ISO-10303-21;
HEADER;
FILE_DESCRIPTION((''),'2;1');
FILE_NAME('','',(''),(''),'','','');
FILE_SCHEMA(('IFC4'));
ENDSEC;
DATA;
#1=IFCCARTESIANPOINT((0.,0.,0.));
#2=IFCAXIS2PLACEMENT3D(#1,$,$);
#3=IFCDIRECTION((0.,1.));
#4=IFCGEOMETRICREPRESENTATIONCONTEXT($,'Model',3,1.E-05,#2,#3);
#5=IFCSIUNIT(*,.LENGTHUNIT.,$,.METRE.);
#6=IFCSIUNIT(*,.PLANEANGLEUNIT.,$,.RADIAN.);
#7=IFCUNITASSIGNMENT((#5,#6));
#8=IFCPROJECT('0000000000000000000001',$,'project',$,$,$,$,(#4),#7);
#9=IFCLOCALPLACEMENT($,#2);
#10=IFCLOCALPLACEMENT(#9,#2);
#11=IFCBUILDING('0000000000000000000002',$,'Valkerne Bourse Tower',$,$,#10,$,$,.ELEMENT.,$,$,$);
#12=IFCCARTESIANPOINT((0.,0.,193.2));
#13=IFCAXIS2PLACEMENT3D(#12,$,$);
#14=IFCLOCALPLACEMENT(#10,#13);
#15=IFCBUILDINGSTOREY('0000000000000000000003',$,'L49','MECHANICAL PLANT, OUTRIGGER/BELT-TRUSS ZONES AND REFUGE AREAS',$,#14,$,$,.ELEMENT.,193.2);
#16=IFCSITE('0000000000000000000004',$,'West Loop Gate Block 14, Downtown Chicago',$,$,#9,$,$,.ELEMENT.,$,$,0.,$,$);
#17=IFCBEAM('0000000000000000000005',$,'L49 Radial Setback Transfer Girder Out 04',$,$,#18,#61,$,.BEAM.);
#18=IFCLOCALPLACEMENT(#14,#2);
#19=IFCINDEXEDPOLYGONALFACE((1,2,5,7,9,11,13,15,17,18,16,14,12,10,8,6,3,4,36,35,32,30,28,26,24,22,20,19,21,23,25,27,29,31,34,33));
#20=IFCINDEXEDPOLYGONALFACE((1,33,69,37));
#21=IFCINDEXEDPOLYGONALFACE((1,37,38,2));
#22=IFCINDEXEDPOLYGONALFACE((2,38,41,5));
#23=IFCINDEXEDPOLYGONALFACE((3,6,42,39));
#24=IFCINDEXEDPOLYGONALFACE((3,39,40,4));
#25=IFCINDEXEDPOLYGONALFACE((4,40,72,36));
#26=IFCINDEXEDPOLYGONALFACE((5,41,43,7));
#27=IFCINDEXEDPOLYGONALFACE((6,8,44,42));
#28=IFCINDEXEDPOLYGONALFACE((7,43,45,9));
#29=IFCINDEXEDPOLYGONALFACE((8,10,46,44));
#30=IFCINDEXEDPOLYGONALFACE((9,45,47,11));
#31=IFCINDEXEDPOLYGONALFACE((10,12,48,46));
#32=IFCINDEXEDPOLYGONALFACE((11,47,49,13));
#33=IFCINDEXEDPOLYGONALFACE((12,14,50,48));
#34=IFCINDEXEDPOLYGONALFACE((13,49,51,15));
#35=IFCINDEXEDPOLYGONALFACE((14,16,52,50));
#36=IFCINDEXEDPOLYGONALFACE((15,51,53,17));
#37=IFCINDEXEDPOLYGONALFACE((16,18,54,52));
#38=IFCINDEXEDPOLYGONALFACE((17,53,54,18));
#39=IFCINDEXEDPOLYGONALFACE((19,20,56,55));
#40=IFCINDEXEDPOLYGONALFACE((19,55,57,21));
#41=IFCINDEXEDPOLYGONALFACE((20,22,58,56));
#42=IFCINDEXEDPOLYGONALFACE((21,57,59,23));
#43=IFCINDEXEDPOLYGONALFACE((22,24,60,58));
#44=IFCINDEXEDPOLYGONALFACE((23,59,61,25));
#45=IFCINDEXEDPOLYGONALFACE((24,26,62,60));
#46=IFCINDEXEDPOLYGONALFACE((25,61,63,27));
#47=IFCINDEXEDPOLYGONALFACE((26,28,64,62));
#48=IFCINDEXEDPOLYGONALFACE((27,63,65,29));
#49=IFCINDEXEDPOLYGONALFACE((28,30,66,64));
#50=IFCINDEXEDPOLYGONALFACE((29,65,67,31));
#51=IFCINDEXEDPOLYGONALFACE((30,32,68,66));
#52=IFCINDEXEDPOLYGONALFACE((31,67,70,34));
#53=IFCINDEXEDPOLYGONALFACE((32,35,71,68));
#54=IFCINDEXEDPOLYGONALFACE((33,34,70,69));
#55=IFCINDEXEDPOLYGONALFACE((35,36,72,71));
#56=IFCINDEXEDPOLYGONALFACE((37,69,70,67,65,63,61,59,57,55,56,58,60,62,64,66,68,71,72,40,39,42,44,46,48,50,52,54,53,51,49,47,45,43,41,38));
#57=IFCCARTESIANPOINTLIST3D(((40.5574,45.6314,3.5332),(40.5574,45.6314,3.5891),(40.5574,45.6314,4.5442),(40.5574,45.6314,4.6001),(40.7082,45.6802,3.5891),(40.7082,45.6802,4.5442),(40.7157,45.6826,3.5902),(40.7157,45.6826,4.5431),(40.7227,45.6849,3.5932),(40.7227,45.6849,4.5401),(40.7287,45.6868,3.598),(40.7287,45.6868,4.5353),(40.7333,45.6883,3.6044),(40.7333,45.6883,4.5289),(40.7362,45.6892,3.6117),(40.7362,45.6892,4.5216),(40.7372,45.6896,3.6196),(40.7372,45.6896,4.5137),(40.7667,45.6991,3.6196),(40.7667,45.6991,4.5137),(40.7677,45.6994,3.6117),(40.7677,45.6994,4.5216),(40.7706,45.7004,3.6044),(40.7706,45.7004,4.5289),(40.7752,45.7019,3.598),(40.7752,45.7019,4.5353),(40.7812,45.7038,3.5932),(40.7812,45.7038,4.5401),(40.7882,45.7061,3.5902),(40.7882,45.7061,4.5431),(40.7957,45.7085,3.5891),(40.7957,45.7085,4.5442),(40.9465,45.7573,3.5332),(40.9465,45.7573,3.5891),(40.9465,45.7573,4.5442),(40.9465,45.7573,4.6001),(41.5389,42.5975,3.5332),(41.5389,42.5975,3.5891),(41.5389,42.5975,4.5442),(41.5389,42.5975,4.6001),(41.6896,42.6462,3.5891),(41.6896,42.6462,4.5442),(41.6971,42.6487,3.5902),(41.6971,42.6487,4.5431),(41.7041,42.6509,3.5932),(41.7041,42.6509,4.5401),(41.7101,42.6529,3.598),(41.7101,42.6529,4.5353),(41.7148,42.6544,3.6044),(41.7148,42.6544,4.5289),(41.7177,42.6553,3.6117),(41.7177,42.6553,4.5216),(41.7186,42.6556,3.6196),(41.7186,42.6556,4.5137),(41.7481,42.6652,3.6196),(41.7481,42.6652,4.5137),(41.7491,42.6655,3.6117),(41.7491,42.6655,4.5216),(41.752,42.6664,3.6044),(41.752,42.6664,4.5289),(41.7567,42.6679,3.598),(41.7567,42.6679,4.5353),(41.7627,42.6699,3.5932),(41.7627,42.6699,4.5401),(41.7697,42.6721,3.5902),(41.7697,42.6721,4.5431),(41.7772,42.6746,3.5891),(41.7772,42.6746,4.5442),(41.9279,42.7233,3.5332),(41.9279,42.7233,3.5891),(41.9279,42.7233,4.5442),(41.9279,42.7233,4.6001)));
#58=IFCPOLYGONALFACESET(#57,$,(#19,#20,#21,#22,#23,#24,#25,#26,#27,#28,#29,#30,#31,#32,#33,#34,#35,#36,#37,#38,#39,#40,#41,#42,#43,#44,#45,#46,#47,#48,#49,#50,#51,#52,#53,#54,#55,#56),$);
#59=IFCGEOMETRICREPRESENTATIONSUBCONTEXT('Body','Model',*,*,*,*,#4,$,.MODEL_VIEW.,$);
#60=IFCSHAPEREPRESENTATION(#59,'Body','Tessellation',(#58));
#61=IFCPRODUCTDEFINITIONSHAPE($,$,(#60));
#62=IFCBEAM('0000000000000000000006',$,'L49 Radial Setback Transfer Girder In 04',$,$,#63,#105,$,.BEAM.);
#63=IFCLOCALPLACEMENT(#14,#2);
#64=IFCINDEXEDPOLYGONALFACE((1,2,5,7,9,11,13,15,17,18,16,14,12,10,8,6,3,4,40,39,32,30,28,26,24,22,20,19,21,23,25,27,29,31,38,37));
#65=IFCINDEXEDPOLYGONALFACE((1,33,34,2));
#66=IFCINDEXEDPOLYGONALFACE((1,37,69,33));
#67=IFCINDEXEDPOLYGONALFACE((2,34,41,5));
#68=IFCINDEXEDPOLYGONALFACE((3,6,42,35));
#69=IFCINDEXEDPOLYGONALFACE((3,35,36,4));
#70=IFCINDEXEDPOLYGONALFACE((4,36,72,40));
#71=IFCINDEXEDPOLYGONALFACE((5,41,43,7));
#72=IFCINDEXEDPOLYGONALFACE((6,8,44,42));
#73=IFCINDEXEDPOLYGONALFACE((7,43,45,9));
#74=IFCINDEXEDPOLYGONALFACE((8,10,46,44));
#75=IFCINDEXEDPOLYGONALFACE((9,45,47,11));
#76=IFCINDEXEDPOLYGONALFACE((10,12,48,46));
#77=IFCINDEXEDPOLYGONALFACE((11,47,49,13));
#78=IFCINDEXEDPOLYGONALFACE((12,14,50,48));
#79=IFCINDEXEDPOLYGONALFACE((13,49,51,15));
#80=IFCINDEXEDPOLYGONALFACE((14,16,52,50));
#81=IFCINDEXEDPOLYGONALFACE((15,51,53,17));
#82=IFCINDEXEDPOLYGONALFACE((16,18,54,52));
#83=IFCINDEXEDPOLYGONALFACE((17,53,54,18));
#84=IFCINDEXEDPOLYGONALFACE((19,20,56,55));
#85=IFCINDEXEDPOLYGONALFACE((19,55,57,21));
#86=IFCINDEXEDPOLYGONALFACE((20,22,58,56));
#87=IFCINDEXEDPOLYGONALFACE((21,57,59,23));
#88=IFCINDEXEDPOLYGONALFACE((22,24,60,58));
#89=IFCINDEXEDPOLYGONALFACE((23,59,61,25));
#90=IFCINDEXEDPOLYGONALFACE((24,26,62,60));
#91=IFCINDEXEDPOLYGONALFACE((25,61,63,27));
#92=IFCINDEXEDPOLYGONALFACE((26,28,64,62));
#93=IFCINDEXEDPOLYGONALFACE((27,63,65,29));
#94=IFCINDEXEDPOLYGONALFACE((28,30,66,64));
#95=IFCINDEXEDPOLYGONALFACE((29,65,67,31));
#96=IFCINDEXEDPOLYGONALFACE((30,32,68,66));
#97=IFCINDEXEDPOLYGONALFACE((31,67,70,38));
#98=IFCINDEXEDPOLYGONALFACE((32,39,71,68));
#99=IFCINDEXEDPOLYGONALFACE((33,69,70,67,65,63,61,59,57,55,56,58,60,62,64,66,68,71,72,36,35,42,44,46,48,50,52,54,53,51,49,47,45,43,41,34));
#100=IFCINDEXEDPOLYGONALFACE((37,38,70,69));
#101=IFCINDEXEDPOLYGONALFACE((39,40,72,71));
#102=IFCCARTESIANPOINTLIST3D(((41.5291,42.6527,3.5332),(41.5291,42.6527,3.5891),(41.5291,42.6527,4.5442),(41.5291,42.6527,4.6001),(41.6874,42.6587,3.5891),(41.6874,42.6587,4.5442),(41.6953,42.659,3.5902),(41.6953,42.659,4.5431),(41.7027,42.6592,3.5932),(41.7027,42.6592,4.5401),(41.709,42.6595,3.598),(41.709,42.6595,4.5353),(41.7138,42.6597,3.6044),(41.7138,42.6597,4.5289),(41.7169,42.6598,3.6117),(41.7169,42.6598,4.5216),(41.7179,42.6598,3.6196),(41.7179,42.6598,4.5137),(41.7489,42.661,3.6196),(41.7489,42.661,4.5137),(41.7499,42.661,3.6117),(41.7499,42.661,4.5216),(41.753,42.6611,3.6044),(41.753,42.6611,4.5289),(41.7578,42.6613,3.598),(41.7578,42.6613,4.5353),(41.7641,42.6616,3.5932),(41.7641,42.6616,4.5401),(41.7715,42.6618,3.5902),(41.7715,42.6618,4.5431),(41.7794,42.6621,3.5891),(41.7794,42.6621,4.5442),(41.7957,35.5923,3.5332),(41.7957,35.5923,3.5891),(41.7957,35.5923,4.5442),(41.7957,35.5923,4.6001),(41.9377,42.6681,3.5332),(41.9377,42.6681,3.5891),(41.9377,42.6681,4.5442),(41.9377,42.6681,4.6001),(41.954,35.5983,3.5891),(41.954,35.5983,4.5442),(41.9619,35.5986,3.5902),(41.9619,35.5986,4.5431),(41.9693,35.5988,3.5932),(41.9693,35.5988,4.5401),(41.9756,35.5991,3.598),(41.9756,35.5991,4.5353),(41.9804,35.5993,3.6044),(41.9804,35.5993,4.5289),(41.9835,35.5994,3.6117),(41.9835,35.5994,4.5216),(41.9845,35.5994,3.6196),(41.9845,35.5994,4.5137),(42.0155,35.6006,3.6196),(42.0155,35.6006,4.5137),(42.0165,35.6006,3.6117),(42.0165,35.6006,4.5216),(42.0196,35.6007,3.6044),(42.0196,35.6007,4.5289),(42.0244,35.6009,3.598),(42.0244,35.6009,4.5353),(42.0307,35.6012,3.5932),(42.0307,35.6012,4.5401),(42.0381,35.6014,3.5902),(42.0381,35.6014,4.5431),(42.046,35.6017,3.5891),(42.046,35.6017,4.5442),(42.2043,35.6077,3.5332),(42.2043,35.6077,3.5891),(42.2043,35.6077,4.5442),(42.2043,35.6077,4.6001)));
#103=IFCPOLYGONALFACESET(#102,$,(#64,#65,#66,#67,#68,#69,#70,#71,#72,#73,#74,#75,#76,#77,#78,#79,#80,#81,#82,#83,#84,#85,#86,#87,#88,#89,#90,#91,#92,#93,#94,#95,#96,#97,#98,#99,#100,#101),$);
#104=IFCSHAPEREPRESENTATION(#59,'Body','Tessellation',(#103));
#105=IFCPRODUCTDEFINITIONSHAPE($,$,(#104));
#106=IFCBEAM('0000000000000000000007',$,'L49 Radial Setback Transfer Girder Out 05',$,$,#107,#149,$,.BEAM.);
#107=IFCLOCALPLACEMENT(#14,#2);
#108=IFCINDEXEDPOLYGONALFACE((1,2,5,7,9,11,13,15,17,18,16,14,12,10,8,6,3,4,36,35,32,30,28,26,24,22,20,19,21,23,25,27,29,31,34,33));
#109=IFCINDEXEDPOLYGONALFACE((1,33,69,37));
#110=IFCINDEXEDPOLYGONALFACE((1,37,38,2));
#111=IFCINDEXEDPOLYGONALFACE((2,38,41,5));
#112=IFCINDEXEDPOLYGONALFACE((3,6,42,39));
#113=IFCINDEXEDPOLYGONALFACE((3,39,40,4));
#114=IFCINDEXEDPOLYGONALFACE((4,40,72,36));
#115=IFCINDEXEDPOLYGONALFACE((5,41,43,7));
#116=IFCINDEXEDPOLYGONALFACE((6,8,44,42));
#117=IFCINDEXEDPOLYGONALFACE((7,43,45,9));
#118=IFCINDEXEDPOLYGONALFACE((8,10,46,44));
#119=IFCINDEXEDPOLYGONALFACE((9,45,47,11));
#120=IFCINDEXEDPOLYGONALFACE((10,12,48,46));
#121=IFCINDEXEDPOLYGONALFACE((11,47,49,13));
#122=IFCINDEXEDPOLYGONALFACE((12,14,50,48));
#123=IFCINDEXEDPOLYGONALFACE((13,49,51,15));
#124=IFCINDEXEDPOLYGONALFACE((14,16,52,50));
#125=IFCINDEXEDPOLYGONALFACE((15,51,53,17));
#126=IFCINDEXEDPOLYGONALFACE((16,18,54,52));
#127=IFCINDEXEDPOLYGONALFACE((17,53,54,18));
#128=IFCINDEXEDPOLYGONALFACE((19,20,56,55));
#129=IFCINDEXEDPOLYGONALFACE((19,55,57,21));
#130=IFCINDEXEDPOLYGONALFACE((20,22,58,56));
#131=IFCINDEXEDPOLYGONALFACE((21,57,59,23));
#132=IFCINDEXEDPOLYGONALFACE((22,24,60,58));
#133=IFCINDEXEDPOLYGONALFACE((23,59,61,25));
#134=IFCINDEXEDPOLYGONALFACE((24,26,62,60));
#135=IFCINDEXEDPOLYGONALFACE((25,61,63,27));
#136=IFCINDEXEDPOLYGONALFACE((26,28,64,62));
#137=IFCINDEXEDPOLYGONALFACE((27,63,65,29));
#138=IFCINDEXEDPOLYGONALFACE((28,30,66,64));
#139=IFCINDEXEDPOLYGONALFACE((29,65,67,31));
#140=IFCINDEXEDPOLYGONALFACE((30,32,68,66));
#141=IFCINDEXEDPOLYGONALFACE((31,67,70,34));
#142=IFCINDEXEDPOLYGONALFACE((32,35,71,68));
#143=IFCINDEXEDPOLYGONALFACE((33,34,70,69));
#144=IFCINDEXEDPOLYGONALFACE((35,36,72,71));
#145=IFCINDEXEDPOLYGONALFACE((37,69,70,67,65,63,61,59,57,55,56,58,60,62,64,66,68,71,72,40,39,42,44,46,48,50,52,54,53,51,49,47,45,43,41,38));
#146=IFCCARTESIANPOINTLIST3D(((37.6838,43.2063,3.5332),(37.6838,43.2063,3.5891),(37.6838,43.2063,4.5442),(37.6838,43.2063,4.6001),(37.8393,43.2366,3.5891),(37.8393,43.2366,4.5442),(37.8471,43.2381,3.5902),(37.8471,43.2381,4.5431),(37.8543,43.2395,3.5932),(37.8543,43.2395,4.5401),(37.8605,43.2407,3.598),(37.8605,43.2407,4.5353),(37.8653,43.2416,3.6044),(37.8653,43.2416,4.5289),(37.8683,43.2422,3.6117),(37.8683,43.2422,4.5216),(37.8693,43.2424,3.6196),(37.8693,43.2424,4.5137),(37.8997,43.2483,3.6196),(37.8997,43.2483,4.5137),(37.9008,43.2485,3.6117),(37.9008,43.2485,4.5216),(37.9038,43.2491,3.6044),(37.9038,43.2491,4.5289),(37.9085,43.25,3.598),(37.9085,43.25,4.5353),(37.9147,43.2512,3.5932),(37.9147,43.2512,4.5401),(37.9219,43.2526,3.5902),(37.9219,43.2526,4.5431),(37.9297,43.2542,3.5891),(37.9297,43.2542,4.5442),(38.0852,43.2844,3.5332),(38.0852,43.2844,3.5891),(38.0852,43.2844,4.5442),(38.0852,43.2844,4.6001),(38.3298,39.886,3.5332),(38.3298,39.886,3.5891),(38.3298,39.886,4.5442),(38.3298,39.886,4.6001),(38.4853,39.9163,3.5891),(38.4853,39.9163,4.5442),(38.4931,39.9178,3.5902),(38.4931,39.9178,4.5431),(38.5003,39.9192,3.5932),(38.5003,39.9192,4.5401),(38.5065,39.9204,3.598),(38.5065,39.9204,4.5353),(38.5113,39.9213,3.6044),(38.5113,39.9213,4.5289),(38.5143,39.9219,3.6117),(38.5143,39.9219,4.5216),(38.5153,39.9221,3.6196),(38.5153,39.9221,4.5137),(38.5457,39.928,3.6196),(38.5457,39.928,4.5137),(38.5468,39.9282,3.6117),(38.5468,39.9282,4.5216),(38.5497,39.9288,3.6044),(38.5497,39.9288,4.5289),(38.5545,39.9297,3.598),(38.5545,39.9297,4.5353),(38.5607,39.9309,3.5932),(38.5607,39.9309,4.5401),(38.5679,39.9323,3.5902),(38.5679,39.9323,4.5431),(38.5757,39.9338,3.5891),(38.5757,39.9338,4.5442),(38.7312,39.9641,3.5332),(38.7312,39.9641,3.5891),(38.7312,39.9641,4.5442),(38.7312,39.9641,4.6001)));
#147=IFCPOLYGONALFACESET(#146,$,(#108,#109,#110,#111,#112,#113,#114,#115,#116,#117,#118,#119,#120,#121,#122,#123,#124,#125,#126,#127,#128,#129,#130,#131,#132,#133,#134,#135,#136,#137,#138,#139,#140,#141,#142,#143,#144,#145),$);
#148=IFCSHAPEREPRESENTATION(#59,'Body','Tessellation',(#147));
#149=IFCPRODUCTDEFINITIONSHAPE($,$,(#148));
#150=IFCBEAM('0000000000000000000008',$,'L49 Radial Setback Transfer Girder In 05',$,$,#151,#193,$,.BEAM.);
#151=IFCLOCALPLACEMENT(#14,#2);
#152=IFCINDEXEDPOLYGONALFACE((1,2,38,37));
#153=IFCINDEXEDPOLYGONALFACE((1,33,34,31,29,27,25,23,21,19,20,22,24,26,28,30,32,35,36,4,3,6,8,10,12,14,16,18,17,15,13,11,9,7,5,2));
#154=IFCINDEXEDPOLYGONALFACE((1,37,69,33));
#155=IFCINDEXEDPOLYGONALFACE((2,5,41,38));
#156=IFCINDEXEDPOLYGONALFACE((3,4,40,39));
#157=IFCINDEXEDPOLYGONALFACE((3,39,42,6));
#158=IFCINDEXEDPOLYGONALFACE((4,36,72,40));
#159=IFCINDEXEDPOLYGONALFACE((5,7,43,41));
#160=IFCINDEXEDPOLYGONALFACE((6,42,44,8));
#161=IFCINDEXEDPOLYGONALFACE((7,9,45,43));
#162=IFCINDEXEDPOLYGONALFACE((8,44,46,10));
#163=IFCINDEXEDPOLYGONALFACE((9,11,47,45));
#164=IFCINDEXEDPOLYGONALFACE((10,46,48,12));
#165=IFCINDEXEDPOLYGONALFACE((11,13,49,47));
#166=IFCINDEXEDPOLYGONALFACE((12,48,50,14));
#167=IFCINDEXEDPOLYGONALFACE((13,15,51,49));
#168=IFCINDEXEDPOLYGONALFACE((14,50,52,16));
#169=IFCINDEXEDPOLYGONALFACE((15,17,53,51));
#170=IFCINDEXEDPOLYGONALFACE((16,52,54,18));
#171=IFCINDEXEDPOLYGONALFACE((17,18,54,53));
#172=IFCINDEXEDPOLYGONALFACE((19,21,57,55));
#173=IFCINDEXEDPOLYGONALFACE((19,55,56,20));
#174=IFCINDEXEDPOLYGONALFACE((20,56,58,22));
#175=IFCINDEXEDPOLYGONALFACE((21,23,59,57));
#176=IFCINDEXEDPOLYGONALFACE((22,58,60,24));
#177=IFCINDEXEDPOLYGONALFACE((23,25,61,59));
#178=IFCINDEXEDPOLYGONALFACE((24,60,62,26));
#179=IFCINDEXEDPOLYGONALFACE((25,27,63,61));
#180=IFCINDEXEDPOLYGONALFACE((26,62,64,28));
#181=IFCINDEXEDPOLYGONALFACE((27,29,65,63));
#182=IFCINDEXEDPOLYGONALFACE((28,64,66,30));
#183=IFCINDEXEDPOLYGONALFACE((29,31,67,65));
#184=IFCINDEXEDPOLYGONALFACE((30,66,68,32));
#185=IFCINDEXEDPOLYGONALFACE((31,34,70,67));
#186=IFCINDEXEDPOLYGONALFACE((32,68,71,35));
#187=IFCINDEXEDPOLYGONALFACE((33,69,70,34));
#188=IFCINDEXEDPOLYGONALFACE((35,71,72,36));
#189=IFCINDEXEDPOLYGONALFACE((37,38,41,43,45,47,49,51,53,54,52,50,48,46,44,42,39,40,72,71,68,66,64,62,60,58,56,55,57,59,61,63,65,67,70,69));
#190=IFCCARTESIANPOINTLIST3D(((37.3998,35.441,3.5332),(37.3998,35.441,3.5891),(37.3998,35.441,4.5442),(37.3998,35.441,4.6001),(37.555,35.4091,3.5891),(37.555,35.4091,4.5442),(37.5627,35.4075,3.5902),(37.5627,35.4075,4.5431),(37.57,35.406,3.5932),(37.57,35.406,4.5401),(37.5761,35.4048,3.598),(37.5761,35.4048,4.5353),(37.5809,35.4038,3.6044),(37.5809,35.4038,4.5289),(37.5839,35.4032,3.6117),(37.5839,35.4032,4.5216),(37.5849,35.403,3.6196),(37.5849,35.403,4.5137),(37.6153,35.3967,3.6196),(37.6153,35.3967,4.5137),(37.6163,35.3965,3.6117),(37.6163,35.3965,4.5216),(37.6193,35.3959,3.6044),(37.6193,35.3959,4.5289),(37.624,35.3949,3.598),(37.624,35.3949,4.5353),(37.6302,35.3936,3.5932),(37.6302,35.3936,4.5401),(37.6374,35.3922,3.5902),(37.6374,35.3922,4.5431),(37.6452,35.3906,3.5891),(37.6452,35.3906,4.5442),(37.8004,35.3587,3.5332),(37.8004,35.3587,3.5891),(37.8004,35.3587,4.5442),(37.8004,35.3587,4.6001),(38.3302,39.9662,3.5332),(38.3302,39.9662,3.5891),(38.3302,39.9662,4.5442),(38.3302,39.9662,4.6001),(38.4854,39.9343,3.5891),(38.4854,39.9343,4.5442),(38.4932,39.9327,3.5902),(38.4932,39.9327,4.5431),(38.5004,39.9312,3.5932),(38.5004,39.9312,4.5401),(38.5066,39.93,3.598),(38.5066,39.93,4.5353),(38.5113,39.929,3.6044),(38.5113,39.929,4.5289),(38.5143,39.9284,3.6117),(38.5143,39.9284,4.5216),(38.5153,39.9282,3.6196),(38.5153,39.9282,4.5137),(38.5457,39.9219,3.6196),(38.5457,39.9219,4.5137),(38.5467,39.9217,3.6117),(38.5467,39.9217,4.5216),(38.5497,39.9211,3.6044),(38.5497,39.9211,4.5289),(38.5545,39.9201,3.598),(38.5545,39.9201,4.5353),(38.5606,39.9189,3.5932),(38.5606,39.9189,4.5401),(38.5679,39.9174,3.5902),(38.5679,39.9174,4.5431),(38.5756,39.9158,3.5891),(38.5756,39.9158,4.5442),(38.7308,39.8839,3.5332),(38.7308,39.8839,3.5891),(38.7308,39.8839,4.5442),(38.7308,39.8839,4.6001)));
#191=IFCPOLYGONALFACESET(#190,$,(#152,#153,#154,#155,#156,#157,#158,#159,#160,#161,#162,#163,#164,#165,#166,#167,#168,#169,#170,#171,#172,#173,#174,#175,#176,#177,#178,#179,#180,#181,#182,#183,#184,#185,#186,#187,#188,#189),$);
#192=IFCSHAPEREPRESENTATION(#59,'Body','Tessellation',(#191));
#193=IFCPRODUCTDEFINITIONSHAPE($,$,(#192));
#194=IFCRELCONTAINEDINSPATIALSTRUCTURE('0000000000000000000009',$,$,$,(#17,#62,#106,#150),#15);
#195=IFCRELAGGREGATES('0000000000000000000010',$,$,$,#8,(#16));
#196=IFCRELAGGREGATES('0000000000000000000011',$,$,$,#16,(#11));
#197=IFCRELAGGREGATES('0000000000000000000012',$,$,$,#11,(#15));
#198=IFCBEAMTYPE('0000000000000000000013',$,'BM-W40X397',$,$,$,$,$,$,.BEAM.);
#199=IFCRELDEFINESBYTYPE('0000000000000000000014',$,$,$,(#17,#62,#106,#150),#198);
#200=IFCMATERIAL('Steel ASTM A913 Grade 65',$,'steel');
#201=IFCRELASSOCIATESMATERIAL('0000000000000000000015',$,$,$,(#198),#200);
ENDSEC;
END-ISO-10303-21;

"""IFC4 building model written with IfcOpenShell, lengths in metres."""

from ifc_helpers import new_model, si_unit, direction, frame, origin, origin_2d, place, context, subcontext, project, spatial, i_section, extrude, material, material_profile, profile_set, type_object, element, save


model = new_model("IFC4")

# Units and contexts
model_context = context("Model", 3, precision=1e-05, world=origin(), true_north=direction((0.0, 1.0)))
body_context = subcontext(model_context, "Body", "Model", "MODEL_VIEW")
ifc_project = project(units=[si_unit("LENGTHUNIT", "METRE"), si_unit("PLANEANGLEUNIT", "RADIAN")], contexts=[model_context])

# Site, building, storey
site_placement = place(None, origin())
site = spatial("IfcSite", under=ifc_project, at=site_placement, Name="West Loop Gate Block 14, Downtown Chicago", CompositionType="ELEMENT", RefElevation=0.0)
building_placement = place(site_placement, origin())
building = spatial("IfcBuilding", under=site, at=building_placement, Name="Valkerne Bourse Tower", CompositionType="ELEMENT")
storey_placement = place(building_placement, frame((0.0, 0.0, 193.2)))
storey = spatial("IfcBuildingStorey", under=building, at=storey_placement, Name="L49", Description="MECHANICAL PLANT, OUTRIGGER/BELT-TRUSS ZONES AND REFUGE AREAS", CompositionType="ELEMENT", Elevation=193.2)

# Shared definitions
ifc_material_1 = material(Name="Steel ASTM A913 Grade 65", Category="steel")

# Beams
ifc_material_profile_1 = material_profile(ifc_material_1, i_section(OverallWidth=0.4089, OverallDepth=1.0669, WebThickness=0.031, FlangeThickness=0.0559, FilletRadius=0.0305, at=origin_2d()), Name="W40X397")
ifc_profile_set_1 = profile_set([ifc_material_profile_1], Name="Steel ASTM A913 Grade 65")
beam_type_1 = type_object("IfcBeamType", Name="BM-W40X397", PredefinedType="BEAM", material=ifc_profile_set_1)
beam_1_placement = place(storey_placement, frame((40.752, 45.6943, 4.0667), z_axis=(0.307786, -0.951456, 0.0), x_axis=(0.951456, 0.307786, 0.0)))
element("IfcBeam", 1, at=beam_1_placement, inside=storey, type_object=beam_type_1, Name="L49 Radial Setback Transfer Girder Out 04", PredefinedType="BEAM", context=body_context, shape_type="SweptSolid", body=[
    extrude(i_section(OverallWidth=0.4089, OverallDepth=1.0669, WebThickness=0.031, FlangeThickness=0.0559, FilletRadius=0.0305, at=origin_2d()), origin(), (0.0, 0.0, 1.0), 3.1887),
])
beam_2_placement = place(storey_placement, frame((41.7334, 42.6604, 4.0667), z_axis=(0.037734, -0.999288, 0.0), x_axis=(0.999288, 0.037734, 0.0)))
element("IfcBeam", 2, at=beam_2_placement, inside=storey, type_object=beam_type_1, Name="L49 Radial Setback Transfer Girder In 04", PredefinedType="BEAM", context=body_context, shape_type="SweptSolid", body=[
    extrude(i_section(OverallWidth=0.4089, OverallDepth=1.0669, WebThickness=0.031, FlangeThickness=0.0559, FilletRadius=0.0305, at=origin_2d()), origin(), (0.0, 0.0, 1.0), 7.0654),
])
beam_3_placement = place(storey_placement, frame((37.8845, 43.2454, 4.0667), z_axis=(0.190978, -0.981594, 0.0), x_axis=(0.981594, 0.190978, 0.0)))
element("IfcBeam", 3, at=beam_3_placement, inside=storey, type_object=beam_type_1, Name="L49 Radial Setback Transfer Girder Out 05", PredefinedType="BEAM", context=body_context, shape_type="SweptSolid", body=[
    extrude(i_section(OverallWidth=0.4089, OverallDepth=1.0669, WebThickness=0.031, FlangeThickness=0.0559, FilletRadius=0.0305, at=origin_2d()), origin(), (0.0, 0.0, 1.0), 3.3826),
])
beam_4_placement = place(storey_placement, frame((38.5305, 39.925, 4.0667), z_axis=(-0.201398, -0.97951, 0.0), x_axis=(0.97951, -0.201398, 0.0)))
element("IfcBeam", 4, at=beam_4_placement, inside=storey, type_object=beam_type_1, Name="L49 Radial Setback Transfer Girder In 05", PredefinedType="BEAM", context=body_context, shape_type="SweptSolid", body=[
    extrude(i_section(OverallWidth=0.4089, OverallDepth=1.0669, WebThickness=0.031, FlangeThickness=0.0559, FilletRadius=0.0305, at=origin_2d()), origin(), (0.0, 0.0, 1.0), 4.6199),
])

save(model, "model.ifc")
